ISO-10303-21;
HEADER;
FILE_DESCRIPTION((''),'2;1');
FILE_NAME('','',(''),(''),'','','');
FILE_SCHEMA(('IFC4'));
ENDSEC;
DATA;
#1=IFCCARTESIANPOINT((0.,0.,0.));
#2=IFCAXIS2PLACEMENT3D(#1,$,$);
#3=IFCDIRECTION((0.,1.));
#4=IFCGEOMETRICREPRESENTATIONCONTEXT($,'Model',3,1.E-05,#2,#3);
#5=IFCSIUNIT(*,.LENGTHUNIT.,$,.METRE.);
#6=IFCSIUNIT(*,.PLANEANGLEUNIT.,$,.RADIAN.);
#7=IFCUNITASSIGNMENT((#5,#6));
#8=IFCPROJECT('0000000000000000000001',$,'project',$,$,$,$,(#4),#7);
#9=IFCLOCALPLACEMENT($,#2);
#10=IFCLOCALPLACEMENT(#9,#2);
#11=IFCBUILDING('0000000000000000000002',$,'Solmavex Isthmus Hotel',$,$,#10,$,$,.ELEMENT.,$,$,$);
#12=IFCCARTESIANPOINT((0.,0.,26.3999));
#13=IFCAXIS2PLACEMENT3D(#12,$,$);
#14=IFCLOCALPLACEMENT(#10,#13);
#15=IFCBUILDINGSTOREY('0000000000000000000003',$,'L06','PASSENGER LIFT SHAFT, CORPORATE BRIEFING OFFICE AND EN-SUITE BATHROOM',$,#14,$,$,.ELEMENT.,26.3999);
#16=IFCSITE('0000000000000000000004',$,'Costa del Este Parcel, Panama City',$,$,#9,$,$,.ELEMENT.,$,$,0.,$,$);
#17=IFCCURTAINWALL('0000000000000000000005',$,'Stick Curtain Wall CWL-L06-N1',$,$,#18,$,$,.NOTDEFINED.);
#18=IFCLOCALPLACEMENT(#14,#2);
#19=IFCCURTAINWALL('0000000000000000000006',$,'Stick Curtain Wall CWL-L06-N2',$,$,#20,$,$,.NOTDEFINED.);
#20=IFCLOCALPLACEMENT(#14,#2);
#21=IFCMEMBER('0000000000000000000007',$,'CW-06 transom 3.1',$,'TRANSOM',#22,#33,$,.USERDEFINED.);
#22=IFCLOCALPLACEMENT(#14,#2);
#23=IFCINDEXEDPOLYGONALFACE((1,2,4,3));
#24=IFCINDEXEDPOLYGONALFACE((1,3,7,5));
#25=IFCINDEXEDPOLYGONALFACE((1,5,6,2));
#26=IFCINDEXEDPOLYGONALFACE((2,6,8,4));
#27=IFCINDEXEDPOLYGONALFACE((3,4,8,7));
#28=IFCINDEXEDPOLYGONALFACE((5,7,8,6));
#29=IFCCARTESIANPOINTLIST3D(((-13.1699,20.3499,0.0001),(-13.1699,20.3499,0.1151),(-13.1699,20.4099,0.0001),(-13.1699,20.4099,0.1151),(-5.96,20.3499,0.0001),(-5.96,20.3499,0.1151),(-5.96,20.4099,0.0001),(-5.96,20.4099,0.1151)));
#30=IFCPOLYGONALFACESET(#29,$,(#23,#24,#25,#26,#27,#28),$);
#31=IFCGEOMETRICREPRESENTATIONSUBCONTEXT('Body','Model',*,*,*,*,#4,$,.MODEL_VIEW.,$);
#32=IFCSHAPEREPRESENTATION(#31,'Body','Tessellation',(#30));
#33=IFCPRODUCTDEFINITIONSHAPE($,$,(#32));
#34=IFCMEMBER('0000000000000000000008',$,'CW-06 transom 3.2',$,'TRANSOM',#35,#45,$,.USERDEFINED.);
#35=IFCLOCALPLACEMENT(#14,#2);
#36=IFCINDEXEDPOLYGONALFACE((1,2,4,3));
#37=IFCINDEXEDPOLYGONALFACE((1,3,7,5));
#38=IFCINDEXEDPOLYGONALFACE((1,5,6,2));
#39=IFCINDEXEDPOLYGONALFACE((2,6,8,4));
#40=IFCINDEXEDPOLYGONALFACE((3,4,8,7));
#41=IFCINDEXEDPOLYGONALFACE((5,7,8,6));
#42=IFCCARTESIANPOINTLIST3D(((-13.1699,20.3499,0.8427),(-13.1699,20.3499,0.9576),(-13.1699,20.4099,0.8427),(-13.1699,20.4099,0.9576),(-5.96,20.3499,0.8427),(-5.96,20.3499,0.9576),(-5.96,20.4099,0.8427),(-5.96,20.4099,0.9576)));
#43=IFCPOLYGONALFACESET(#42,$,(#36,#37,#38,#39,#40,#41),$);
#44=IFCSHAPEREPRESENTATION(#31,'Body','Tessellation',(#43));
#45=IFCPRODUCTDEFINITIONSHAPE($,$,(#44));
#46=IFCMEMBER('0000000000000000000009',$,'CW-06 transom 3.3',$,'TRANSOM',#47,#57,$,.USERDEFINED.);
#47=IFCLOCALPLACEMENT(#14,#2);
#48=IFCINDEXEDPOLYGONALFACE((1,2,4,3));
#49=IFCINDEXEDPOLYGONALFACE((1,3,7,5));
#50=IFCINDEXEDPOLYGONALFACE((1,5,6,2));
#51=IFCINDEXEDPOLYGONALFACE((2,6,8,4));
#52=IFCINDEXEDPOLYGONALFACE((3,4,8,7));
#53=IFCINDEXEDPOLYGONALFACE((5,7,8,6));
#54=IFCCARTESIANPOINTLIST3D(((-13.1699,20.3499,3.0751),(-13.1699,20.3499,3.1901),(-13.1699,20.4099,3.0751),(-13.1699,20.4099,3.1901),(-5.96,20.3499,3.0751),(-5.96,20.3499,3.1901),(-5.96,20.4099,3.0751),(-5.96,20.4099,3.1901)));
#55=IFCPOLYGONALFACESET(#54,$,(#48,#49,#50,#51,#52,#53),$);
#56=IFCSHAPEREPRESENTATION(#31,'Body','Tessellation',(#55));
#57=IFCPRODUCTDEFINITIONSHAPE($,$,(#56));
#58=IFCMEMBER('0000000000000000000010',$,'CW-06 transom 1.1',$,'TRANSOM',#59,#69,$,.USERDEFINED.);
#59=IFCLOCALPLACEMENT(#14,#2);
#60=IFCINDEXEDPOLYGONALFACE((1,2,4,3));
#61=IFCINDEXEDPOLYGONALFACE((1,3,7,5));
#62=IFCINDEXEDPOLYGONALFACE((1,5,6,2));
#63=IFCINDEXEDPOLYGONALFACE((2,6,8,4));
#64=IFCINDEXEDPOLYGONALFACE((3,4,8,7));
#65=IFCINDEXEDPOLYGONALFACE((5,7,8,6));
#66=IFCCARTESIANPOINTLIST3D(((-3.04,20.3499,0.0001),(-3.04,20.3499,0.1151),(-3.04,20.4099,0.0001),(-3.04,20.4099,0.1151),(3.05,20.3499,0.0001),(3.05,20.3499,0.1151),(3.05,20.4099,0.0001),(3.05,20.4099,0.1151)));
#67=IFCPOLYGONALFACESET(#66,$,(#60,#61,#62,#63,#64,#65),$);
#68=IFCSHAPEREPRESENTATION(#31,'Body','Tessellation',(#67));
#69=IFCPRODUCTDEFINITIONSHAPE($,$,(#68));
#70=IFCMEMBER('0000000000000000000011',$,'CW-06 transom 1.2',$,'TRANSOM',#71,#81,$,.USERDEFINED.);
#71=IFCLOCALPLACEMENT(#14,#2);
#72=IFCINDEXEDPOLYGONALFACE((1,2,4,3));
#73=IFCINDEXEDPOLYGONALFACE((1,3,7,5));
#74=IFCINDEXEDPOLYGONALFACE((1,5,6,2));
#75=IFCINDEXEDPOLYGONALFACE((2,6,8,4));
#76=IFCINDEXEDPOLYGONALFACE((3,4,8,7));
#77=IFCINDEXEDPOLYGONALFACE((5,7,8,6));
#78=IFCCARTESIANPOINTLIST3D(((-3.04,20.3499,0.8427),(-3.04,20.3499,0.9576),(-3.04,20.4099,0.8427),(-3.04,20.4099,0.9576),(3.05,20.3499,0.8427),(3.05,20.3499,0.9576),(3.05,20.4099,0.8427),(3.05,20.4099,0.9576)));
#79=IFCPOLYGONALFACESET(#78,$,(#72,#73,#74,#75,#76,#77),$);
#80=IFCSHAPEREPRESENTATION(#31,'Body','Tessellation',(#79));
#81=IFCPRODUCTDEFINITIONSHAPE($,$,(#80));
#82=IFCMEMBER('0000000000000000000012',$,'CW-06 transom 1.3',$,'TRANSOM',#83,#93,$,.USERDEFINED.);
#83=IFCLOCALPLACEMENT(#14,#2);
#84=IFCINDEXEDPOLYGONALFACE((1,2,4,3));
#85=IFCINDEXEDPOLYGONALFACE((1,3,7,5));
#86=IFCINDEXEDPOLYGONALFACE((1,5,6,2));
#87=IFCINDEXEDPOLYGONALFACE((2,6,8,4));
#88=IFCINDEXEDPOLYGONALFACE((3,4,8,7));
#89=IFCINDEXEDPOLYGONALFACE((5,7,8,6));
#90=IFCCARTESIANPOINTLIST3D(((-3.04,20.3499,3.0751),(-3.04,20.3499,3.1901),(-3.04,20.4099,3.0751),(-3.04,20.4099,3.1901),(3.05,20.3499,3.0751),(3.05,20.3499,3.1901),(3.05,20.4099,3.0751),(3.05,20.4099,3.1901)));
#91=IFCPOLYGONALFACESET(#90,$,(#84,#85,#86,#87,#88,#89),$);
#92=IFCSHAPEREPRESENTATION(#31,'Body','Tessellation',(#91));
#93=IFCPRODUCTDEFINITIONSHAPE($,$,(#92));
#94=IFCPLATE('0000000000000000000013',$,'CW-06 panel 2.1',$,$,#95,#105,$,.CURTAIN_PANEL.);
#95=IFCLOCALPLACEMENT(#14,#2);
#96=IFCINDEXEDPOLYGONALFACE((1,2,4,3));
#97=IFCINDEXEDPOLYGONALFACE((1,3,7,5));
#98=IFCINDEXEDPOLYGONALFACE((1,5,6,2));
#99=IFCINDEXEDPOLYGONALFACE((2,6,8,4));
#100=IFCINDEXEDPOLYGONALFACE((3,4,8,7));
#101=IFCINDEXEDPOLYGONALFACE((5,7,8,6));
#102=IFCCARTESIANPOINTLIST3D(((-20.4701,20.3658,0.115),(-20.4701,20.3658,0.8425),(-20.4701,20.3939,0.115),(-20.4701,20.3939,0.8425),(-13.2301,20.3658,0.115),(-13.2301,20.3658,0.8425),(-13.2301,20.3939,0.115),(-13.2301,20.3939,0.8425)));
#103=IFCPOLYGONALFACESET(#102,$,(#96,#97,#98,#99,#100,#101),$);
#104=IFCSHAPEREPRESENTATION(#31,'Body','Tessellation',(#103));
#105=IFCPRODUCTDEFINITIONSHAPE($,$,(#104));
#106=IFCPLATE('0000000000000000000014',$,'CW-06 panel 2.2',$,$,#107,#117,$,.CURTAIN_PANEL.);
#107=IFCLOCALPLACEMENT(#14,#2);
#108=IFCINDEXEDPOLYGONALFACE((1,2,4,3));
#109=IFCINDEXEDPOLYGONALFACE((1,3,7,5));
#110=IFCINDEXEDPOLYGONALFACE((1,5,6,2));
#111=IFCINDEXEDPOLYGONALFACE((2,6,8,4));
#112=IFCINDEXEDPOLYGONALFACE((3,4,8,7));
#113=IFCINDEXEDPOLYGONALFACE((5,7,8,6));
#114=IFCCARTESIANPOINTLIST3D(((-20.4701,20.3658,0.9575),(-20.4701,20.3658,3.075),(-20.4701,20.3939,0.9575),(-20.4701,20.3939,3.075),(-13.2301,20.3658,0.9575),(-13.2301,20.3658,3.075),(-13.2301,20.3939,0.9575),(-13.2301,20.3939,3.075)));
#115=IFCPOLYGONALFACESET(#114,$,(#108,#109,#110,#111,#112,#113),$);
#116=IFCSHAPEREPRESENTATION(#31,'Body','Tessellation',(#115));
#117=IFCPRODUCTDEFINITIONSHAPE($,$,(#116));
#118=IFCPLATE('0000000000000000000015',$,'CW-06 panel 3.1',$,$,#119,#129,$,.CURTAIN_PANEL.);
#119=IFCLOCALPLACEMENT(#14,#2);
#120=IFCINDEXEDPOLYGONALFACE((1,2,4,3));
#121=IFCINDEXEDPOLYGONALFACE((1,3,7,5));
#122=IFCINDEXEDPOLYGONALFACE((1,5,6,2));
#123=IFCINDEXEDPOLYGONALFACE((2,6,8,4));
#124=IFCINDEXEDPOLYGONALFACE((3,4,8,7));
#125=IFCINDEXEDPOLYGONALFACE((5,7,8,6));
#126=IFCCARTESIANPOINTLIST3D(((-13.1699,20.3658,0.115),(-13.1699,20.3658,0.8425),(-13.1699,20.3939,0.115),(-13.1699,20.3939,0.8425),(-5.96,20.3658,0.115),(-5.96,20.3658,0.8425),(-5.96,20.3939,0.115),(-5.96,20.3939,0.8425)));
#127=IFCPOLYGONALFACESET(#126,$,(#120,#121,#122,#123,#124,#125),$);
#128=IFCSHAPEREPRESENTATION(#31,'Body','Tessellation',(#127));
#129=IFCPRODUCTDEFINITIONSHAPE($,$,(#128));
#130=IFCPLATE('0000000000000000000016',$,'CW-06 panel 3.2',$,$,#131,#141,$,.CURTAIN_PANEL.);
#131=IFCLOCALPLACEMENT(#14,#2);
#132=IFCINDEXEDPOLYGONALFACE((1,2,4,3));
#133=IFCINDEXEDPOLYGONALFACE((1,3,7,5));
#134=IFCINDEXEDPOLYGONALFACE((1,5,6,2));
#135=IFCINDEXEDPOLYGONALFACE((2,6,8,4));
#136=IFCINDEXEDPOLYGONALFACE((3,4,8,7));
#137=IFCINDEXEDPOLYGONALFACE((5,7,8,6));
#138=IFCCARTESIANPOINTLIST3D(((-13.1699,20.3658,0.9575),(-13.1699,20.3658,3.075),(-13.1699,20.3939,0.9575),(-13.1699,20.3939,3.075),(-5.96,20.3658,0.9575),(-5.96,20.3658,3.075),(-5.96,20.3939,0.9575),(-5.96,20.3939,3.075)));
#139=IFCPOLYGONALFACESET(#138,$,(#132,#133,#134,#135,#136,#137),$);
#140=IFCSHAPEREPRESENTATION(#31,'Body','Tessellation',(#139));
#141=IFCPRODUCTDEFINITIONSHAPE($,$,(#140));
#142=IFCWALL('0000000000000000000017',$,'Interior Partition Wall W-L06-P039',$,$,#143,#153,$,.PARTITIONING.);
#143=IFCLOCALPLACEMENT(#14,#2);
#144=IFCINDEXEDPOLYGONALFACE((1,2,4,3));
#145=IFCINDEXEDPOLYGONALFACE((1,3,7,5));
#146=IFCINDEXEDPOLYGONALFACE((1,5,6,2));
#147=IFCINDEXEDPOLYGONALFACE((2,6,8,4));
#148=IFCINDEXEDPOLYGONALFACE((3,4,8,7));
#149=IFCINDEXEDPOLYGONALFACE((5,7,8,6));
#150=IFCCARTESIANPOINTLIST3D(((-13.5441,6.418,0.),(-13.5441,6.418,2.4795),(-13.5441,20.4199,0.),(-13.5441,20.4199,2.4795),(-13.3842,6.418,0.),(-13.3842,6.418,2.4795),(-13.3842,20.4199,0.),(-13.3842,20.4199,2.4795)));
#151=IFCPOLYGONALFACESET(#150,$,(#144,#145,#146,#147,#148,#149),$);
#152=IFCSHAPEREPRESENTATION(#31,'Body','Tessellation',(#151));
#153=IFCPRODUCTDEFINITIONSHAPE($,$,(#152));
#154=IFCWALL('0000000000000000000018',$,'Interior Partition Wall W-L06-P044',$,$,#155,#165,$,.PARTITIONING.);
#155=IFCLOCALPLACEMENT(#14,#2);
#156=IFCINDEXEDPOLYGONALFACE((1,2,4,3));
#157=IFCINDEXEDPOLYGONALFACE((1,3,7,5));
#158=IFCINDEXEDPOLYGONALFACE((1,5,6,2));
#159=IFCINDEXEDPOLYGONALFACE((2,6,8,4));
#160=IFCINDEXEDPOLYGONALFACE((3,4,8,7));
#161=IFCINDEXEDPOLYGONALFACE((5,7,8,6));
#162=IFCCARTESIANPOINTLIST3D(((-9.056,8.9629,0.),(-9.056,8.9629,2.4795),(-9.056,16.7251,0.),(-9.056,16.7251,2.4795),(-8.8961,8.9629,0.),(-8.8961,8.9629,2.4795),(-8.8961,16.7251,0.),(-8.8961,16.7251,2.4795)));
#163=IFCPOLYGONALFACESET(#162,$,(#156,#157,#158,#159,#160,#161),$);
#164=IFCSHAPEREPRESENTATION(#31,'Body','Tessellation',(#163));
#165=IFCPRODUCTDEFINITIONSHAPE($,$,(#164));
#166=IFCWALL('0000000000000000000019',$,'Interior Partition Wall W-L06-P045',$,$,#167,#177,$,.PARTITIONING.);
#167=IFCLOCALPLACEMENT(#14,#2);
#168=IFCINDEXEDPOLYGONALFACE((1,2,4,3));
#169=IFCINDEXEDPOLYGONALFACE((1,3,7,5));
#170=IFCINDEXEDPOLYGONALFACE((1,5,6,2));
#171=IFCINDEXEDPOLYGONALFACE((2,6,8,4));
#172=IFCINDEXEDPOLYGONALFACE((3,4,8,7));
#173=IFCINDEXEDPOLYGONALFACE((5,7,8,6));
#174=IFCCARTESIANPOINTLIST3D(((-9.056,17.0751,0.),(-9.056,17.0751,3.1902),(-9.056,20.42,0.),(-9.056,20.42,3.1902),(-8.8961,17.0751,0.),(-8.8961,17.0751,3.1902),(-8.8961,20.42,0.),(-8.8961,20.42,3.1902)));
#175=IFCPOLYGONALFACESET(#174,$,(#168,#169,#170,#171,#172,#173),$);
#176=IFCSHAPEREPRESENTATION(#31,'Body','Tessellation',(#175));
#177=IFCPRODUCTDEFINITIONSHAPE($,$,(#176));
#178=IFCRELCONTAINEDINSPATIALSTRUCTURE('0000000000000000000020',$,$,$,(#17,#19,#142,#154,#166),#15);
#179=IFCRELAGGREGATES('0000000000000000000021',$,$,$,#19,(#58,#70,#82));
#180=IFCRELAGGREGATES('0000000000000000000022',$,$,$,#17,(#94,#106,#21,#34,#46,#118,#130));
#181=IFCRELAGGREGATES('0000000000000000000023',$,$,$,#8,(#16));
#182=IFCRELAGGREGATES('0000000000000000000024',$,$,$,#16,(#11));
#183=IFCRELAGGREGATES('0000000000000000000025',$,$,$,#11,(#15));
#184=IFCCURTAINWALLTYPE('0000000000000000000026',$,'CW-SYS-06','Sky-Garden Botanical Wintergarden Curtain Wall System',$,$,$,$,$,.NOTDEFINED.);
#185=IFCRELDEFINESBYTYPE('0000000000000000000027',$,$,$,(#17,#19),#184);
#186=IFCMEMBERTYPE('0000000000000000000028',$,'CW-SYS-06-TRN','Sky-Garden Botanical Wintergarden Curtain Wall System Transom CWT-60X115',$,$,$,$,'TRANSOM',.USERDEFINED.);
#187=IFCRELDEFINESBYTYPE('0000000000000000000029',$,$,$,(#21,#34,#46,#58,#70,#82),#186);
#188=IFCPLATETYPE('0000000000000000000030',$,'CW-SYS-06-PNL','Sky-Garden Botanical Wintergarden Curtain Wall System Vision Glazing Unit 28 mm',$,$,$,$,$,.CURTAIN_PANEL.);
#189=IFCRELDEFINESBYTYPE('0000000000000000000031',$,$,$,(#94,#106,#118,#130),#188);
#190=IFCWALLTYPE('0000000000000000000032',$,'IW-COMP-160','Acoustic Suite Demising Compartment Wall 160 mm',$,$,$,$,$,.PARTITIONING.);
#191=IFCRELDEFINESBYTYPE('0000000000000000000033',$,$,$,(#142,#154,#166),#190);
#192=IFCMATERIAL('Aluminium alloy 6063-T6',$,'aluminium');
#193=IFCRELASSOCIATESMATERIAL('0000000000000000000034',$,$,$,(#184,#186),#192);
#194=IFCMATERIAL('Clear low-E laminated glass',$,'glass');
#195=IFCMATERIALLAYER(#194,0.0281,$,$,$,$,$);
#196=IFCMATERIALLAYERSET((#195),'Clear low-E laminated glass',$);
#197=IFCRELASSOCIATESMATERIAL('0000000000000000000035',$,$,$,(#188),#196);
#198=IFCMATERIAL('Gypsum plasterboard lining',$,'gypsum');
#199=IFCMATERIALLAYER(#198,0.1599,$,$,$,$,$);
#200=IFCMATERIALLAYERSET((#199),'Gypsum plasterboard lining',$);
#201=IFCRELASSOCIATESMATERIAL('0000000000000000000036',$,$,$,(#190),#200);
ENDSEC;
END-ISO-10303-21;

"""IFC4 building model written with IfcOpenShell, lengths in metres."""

from ifc_helpers import new_model, si_unit, direction, frame, frame_2d, origin, origin_2d, place, context, subcontext, project, spatial, rectangle, extrude, material, layer, layer_set, material_profile, profile_set, type_object, element, aggregate, save


model = new_model("IFC4")

# Units and contexts
model_context = context("Model", 3, precision=1e-05, world=origin(), true_north=direction((0.0, 1.0)))
body_context = subcontext(model_context, "Body", "Model", "MODEL_VIEW")
ifc_project = project(units=[si_unit("LENGTHUNIT", "METRE"), si_unit("PLANEANGLEUNIT", "RADIAN")], contexts=[model_context])

# Site, building, storey
site_placement = place(None, origin())
site = spatial("IfcSite", under=ifc_project, at=site_placement, Name="Costa del Este Parcel, Panama City", CompositionType="ELEMENT", RefElevation=0.0)
building_placement = place(site_placement, origin())
building = spatial("IfcBuilding", under=site, at=building_placement, Name="Solmavex Isthmus Hotel", CompositionType="ELEMENT")
storey_placement = place(building_placement, frame((0.0, 0.0, 26.3999)))
storey = spatial("IfcBuildingStorey", under=building, at=storey_placement, Name="L06", Description="PASSENGER LIFT SHAFT, CORPORATE BRIEFING OFFICE AND EN-SUITE BATHROOM", CompositionType="ELEMENT", Elevation=26.3999)

# Curtain wall
ifc_material_1 = material(Name="Aluminium alloy 6063-T6", Category="aluminium")
curtain_wall_type = type_object("IfcCurtainWallType", Name="CW-SYS-06", Description="Sky-Garden Botanical Wintergarden Curtain Wall System", PredefinedType="NOTDEFINED", material=ifc_material_1)
curtain_wall_1_placement = place(storey_placement, origin())
curtain_wall_1 = element("IfcCurtainWall", 1, at=curtain_wall_1_placement, inside=storey, type_object=curtain_wall_type, Name="Stick Curtain Wall CWL-L06-N1", PredefinedType="NOTDEFINED")

# Curtain wall
curtain_wall_2_placement = place(storey_placement, origin())
curtain_wall_2 = element("IfcCurtainWall", 2, at=curtain_wall_2_placement, inside=storey, type_object=curtain_wall_type, Name="Stick Curtain Wall CWL-L06-N2", PredefinedType="NOTDEFINED")

# Members
ifc_material_profile_1 = material_profile(ifc_material_1, rectangle(XDim=0.0601, YDim=0.115, at=origin_2d()), Name="CWT-60X115")
ifc_profile_set_1 = profile_set([ifc_material_profile_1], Name="Aluminium alloy 6063-T6")
member_type_1 = type_object("IfcMemberType", Name="CW-SYS-06-TRN", Description="Sky-Garden Botanical Wintergarden Curtain Wall System Transom CWT-60X115", ElementType="TRANSOM", PredefinedType="USERDEFINED", material=ifc_profile_set_1)
member_1_placement = place(storey_placement, frame((-13.1699, 20.3799, 0.0576), z_axis=(1.0, 0.0, 0.0), x_axis=(0.0, 1.0, 0.0)))
member_1 = element("IfcMember", 3, at=member_1_placement, type_object=member_type_1, Name="CW-06 transom 3.1", ObjectType="TRANSOM", PredefinedType="USERDEFINED", context=body_context, shape_type="SweptSolid", body=[
    extrude(rectangle(XDim=0.0601, YDim=0.115, at=origin_2d()), origin(), (0.0, 0.0, 1.0), 7.21),
])
member_2_placement = place(storey_placement, frame((-13.1699, 20.3799, 0.9001), z_axis=(1.0, 0.0, 0.0), x_axis=(0.0, 1.0, 0.0)))
member_2 = element("IfcMember", 4, at=member_2_placement, type_object=member_type_1, Name="CW-06 transom 3.2", ObjectType="TRANSOM", PredefinedType="USERDEFINED", context=body_context, shape_type="SweptSolid", body=[
    extrude(rectangle(XDim=0.0601, YDim=0.115, at=origin_2d()), origin(), (0.0, 0.0, 1.0), 7.21),
])
member_3_placement = place(storey_placement, frame((-13.1699, 20.3799, 3.1326), z_axis=(1.0, 0.0, 0.0), x_axis=(0.0, 1.0, 0.0)))
member_3 = element("IfcMember", 5, at=member_3_placement, type_object=member_type_1, Name="CW-06 transom 3.3", ObjectType="TRANSOM", PredefinedType="USERDEFINED", context=body_context, shape_type="SweptSolid", body=[
    extrude(rectangle(XDim=0.0601, YDim=0.115, at=origin_2d()), origin(), (0.0, 0.0, 1.0), 7.21),
])
member_4_placement = place(storey_placement, frame((-3.04, 20.3799, 0.0576), z_axis=(1.0, 0.0, 0.0), x_axis=(0.0, 1.0, 0.0)))
member_4 = element("IfcMember", 6, at=member_4_placement, type_object=member_type_1, Name="CW-06 transom 1.1", ObjectType="TRANSOM", PredefinedType="USERDEFINED", context=body_context, shape_type="SweptSolid", body=[
    extrude(rectangle(XDim=0.0601, YDim=0.115, at=origin_2d()), origin(), (0.0, 0.0, 1.0), 6.0901),
])
member_5_placement = place(storey_placement, frame((-3.04, 20.3799, 0.9001), z_axis=(1.0, 0.0, 0.0), x_axis=(0.0, 1.0, 0.0)))
member_5 = element("IfcMember", 7, at=member_5_placement, type_object=member_type_1, Name="CW-06 transom 1.2", ObjectType="TRANSOM", PredefinedType="USERDEFINED", context=body_context, shape_type="SweptSolid", body=[
    extrude(rectangle(XDim=0.0601, YDim=0.115, at=origin_2d()), origin(), (0.0, 0.0, 1.0), 6.0901),
])
member_6_placement = place(storey_placement, frame((-3.04, 20.3799, 3.1326), z_axis=(1.0, 0.0, 0.0), x_axis=(0.0, 1.0, 0.0)))
member_6 = element("IfcMember", 8, at=member_6_placement, type_object=member_type_1, Name="CW-06 transom 1.3", ObjectType="TRANSOM", PredefinedType="USERDEFINED", context=body_context, shape_type="SweptSolid", body=[
    extrude(rectangle(XDim=0.0601, YDim=0.115, at=origin_2d()), origin(), (0.0, 0.0, 1.0), 6.0901),
])
aggregate(curtain_wall_2, [member_4, member_5, member_6])

# Plates
ifc_material_2 = material(Name="Clear low-E laminated glass", Category="glass")
ifc_layer_1 = layer(ifc_material_2, 0.0281)
ifc_layer_set_1 = layer_set([ifc_layer_1], Name="Clear low-E laminated glass")
plate_type = type_object("IfcPlateType", Name="CW-SYS-06-PNL", Description="Sky-Garden Botanical Wintergarden Curtain Wall System Vision Glazing Unit 28 mm", PredefinedType="CURTAIN_PANEL", material=ifc_layer_set_1)
plate_1_placement = place(storey_placement, frame((-16.8501, 20.3799, 0.115), z_axis=(0.0, 0.0, 1.0), x_axis=(1.0, 0.0, 0.0)))
plate_1 = element("IfcPlate", 9, at=plate_1_placement, type_object=plate_type, Name="CW-06 panel 2.1", PredefinedType="CURTAIN_PANEL", context=body_context, shape_type="SweptSolid", body=[
    extrude(rectangle(XDim=7.24, YDim=0.0281, at=origin_2d()), origin(), (0.0, 0.0, 1.0), 0.7275),
])
plate_2_placement = place(storey_placement, frame((-16.8501, 20.3799, 0.9575), z_axis=(0.0, 0.0, 1.0), x_axis=(1.0, 0.0, 0.0)))
plate_2 = element("IfcPlate", 10, at=plate_2_placement, type_object=plate_type, Name="CW-06 panel 2.2", PredefinedType="CURTAIN_PANEL", context=body_context, shape_type="SweptSolid", body=[
    extrude(rectangle(XDim=7.24, YDim=0.0281, at=origin_2d()), origin(), (0.0, 0.0, 1.0), 2.1174),
])
plate_3_placement = place(storey_placement, frame((-9.5649, 20.3799, 0.115), z_axis=(0.0, 0.0, 1.0), x_axis=(1.0, 0.0, 0.0)))
plate_3 = element("IfcPlate", 11, at=plate_3_placement, type_object=plate_type, Name="CW-06 panel 3.1", PredefinedType="CURTAIN_PANEL", context=body_context, shape_type="SweptSolid", body=[
    extrude(rectangle(XDim=7.21, YDim=0.0281, at=origin_2d()), origin(), (0.0, 0.0, 1.0), 0.7275),
])
plate_4_placement = place(storey_placement, frame((-9.5649, 20.3799, 0.9575), z_axis=(0.0, 0.0, 1.0), x_axis=(1.0, 0.0, 0.0)))
plate_4 = element("IfcPlate", 12, at=plate_4_placement, type_object=plate_type, Name="CW-06 panel 3.2", PredefinedType="CURTAIN_PANEL", context=body_context, shape_type="SweptSolid", body=[
    extrude(rectangle(XDim=7.21, YDim=0.0281, at=origin_2d()), origin(), (0.0, 0.0, 1.0), 2.1174),
])
aggregate(curtain_wall_1, [plate_1, plate_2, member_1, member_2, member_3, plate_3, plate_4])

# Walls
ifc_material_3 = material(Name="Gypsum plasterboard lining", Category="gypsum")
ifc_layer_2 = layer(ifc_material_3, 0.1599)
ifc_layer_set_2 = layer_set([ifc_layer_2], Name="Gypsum plasterboard lining")
wall_type_1 = type_object("IfcWallType", Name="IW-COMP-160", Description="Acoustic Suite Demising Compartment Wall 160 mm", PredefinedType="PARTITIONING", material=ifc_layer_set_2)
wall_1_placement = place(storey_placement, frame((-13.4641, 20.4199, 0.0), z_axis=(0.0, 0.0, 1.0), x_axis=(0.0, -1.0, 0.0)))
element("IfcWall", 13, at=wall_1_placement, inside=storey, type_object=wall_type_1, Name="Interior Partition Wall W-L06-P039", PredefinedType="PARTITIONING", context=body_context, shape_type="SweptSolid", body=[
    extrude(rectangle(XDim=14.002, YDim=0.1599, at=frame_2d((7.001, 0.0))), origin(), (0.0, 0.0, 1.0), 2.4795),
])
wall_2_placement = place(storey_placement, frame((-8.9761, 16.7251, 0.0), z_axis=(0.0, 0.0, 1.0), x_axis=(0.0, -1.0, 0.0)))
element("IfcWall", 14, at=wall_2_placement, inside=storey, type_object=wall_type_1, Name="Interior Partition Wall W-L06-P044", PredefinedType="PARTITIONING", context=body_context, shape_type="SweptSolid", body=[
    extrude(rectangle(XDim=7.7622, YDim=0.1599, at=frame_2d((3.8811, 0.0))), origin(), (0.0, 0.0, 1.0), 2.4795),
])
wall_3_placement = place(storey_placement, frame((-8.9761, 20.4199, 0.0), z_axis=(0.0, 0.0, 1.0), x_axis=(0.0, -1.0, 0.0)))
element("IfcWall", 15, at=wall_3_placement, inside=storey, type_object=wall_type_1, Name="Interior Partition Wall W-L06-P045", PredefinedType="PARTITIONING", context=body_context, shape_type="SweptSolid", body=[
    extrude(rectangle(XDim=3.345, YDim=0.1599, at=frame_2d((1.6724, 0.0))), origin(), (0.0, 0.0, 1.0), 3.1902),
])

save(model, "model.ifc")
